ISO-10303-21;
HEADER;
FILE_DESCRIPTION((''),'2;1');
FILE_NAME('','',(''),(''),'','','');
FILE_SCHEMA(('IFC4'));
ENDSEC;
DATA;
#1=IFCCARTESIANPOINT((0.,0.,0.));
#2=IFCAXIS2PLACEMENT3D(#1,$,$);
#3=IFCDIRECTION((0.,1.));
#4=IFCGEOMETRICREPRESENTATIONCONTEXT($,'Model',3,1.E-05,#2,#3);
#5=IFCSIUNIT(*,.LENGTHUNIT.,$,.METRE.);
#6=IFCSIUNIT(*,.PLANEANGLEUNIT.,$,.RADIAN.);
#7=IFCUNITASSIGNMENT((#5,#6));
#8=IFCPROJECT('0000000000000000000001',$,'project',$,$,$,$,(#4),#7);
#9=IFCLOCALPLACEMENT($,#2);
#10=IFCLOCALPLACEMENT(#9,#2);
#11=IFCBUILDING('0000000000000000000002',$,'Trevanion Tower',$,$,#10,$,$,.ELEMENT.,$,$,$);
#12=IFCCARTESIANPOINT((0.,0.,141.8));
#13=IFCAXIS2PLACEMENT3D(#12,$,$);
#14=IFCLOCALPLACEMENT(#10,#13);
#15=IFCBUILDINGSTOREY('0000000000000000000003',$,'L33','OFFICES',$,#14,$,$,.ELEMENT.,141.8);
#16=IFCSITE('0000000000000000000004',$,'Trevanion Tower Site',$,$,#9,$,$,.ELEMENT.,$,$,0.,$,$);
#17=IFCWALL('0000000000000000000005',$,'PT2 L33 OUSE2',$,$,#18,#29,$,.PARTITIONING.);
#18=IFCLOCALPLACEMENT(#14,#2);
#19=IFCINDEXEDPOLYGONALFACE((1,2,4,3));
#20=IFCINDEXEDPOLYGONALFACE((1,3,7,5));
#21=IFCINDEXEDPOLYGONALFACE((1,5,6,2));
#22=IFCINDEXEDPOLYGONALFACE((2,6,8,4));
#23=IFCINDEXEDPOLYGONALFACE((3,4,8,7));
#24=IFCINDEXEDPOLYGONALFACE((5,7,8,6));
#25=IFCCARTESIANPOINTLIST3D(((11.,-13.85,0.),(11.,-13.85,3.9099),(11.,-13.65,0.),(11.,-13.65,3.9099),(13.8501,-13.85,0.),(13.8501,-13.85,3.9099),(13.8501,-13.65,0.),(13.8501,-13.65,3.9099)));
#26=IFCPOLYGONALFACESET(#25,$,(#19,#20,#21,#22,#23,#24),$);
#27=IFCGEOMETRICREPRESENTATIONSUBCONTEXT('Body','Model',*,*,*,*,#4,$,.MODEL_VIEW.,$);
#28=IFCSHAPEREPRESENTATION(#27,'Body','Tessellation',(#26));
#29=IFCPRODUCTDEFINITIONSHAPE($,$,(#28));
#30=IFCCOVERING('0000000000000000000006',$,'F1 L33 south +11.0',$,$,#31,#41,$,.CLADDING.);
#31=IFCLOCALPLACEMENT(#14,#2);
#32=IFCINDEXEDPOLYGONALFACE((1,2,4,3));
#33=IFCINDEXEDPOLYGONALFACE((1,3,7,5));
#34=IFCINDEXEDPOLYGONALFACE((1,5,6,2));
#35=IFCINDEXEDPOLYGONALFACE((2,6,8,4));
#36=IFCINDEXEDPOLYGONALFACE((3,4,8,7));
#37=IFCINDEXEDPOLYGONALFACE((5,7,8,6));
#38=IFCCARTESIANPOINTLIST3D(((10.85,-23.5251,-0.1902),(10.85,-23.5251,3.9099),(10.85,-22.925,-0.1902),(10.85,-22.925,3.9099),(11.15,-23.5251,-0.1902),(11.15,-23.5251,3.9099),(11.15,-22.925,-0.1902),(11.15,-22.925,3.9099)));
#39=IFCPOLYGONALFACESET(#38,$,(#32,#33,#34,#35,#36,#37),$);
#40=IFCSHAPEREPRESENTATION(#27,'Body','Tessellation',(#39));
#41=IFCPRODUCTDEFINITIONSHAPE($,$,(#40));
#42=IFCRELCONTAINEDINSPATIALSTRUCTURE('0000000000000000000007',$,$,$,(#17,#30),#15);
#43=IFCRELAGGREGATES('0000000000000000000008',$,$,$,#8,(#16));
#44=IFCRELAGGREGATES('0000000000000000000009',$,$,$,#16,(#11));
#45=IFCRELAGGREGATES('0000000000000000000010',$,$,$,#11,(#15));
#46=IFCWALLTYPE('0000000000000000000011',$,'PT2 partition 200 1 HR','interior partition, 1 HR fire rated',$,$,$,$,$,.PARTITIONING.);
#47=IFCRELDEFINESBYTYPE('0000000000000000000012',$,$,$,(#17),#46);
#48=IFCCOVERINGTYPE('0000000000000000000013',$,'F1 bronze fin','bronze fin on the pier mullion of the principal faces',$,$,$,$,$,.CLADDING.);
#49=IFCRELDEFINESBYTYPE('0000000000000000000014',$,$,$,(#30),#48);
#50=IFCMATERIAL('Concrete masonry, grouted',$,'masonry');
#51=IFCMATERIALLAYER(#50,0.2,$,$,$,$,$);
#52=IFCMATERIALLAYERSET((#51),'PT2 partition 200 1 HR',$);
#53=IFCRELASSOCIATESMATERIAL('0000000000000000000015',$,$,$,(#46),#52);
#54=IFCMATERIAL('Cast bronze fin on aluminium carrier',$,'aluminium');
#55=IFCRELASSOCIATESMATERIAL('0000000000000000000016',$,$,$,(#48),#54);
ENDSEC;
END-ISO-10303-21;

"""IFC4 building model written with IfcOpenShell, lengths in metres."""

from ifc_helpers import new_model, si_unit, direction, frame, frame_2d, origin, origin_2d, place, context, subcontext, project, spatial, rectangle, extrude, material, layer, layer_set, type_object, element, save


model = new_model("IFC4")

# Units and contexts
model_context = context("Model", 3, precision=1e-05, world=origin(), true_north=direction((0.0, 1.0)))
body_context = subcontext(model_context, "Body", "Model", "MODEL_VIEW")
ifc_project = project(units=[si_unit("LENGTHUNIT", "METRE"), si_unit("PLANEANGLEUNIT", "RADIAN")], contexts=[model_context])

# Site, building, storey
site_placement = place(None, origin())
site = spatial("IfcSite", under=ifc_project, at=site_placement, Name="Trevanion Tower Site", CompositionType="ELEMENT", RefElevation=0.0)
building_placement = place(site_placement, origin())
building = spatial("IfcBuilding", under=site, at=building_placement, Name="Trevanion Tower", CompositionType="ELEMENT")
storey_placement = place(building_placement, frame((0.0, 0.0, 141.8)))
storey = spatial("IfcBuildingStorey", under=building, at=storey_placement, Name="L33", Description="OFFICES", CompositionType="ELEMENT", Elevation=141.8)

# Wall
ifc_material_1 = material(Name="Concrete masonry, grouted", Category="masonry")
ifc_layer_1 = layer(ifc_material_1, 0.2)
ifc_layer_set_1 = layer_set([ifc_layer_1], Name="PT2 partition 200 1 HR")
wall_type_1 = type_object("IfcWallType", Name="PT2 partition 200 1 HR", Description="interior partition, 1 HR fire rated", PredefinedType="PARTITIONING", material=ifc_layer_set_1)
wall_placement = place(storey_placement, frame((11.0, -13.75, 0.0), z_axis=(0.0, 0.0, 1.0), x_axis=(1.0, 0.0, 0.0)))
element("IfcWall", 1, at=wall_placement, inside=storey, type_object=wall_type_1, Name="PT2 L33 OUSE2", PredefinedType="PARTITIONING", context=body_context, shape_type="SweptSolid", body=[
    extrude(rectangle(XDim=2.8501, YDim=0.2, at=frame_2d((1.425, 0.0))), origin(), (0.0, 0.0, 1.0), 3.9099),
])

# Covering
ifc_material_2 = material(Name="Cast bronze fin on aluminium carrier", Category="aluminium")
covering_type = type_object("IfcCoveringType", Name="F1 bronze fin", Description="bronze fin on the pier mullion of the principal faces", PredefinedType="CLADDING", material=ifc_material_2)
covering_placement = place(storey_placement, frame((11.0, -23.2251, -0.1902), z_axis=(0.0, 0.0, 1.0), x_axis=(1.0, 0.0, 0.0)))
element("IfcCovering", 2, at=covering_placement, inside=storey, type_object=covering_type, Name="F1 L33 south +11.0", PredefinedType="CLADDING", context=body_context, shape_type="SweptSolid", body=[
    extrude(rectangle(XDim=0.3, YDim=0.6001, at=origin_2d()), origin(), (0.0, 0.0, 1.0), 4.1001),
])

save(model, "model.ifc")
